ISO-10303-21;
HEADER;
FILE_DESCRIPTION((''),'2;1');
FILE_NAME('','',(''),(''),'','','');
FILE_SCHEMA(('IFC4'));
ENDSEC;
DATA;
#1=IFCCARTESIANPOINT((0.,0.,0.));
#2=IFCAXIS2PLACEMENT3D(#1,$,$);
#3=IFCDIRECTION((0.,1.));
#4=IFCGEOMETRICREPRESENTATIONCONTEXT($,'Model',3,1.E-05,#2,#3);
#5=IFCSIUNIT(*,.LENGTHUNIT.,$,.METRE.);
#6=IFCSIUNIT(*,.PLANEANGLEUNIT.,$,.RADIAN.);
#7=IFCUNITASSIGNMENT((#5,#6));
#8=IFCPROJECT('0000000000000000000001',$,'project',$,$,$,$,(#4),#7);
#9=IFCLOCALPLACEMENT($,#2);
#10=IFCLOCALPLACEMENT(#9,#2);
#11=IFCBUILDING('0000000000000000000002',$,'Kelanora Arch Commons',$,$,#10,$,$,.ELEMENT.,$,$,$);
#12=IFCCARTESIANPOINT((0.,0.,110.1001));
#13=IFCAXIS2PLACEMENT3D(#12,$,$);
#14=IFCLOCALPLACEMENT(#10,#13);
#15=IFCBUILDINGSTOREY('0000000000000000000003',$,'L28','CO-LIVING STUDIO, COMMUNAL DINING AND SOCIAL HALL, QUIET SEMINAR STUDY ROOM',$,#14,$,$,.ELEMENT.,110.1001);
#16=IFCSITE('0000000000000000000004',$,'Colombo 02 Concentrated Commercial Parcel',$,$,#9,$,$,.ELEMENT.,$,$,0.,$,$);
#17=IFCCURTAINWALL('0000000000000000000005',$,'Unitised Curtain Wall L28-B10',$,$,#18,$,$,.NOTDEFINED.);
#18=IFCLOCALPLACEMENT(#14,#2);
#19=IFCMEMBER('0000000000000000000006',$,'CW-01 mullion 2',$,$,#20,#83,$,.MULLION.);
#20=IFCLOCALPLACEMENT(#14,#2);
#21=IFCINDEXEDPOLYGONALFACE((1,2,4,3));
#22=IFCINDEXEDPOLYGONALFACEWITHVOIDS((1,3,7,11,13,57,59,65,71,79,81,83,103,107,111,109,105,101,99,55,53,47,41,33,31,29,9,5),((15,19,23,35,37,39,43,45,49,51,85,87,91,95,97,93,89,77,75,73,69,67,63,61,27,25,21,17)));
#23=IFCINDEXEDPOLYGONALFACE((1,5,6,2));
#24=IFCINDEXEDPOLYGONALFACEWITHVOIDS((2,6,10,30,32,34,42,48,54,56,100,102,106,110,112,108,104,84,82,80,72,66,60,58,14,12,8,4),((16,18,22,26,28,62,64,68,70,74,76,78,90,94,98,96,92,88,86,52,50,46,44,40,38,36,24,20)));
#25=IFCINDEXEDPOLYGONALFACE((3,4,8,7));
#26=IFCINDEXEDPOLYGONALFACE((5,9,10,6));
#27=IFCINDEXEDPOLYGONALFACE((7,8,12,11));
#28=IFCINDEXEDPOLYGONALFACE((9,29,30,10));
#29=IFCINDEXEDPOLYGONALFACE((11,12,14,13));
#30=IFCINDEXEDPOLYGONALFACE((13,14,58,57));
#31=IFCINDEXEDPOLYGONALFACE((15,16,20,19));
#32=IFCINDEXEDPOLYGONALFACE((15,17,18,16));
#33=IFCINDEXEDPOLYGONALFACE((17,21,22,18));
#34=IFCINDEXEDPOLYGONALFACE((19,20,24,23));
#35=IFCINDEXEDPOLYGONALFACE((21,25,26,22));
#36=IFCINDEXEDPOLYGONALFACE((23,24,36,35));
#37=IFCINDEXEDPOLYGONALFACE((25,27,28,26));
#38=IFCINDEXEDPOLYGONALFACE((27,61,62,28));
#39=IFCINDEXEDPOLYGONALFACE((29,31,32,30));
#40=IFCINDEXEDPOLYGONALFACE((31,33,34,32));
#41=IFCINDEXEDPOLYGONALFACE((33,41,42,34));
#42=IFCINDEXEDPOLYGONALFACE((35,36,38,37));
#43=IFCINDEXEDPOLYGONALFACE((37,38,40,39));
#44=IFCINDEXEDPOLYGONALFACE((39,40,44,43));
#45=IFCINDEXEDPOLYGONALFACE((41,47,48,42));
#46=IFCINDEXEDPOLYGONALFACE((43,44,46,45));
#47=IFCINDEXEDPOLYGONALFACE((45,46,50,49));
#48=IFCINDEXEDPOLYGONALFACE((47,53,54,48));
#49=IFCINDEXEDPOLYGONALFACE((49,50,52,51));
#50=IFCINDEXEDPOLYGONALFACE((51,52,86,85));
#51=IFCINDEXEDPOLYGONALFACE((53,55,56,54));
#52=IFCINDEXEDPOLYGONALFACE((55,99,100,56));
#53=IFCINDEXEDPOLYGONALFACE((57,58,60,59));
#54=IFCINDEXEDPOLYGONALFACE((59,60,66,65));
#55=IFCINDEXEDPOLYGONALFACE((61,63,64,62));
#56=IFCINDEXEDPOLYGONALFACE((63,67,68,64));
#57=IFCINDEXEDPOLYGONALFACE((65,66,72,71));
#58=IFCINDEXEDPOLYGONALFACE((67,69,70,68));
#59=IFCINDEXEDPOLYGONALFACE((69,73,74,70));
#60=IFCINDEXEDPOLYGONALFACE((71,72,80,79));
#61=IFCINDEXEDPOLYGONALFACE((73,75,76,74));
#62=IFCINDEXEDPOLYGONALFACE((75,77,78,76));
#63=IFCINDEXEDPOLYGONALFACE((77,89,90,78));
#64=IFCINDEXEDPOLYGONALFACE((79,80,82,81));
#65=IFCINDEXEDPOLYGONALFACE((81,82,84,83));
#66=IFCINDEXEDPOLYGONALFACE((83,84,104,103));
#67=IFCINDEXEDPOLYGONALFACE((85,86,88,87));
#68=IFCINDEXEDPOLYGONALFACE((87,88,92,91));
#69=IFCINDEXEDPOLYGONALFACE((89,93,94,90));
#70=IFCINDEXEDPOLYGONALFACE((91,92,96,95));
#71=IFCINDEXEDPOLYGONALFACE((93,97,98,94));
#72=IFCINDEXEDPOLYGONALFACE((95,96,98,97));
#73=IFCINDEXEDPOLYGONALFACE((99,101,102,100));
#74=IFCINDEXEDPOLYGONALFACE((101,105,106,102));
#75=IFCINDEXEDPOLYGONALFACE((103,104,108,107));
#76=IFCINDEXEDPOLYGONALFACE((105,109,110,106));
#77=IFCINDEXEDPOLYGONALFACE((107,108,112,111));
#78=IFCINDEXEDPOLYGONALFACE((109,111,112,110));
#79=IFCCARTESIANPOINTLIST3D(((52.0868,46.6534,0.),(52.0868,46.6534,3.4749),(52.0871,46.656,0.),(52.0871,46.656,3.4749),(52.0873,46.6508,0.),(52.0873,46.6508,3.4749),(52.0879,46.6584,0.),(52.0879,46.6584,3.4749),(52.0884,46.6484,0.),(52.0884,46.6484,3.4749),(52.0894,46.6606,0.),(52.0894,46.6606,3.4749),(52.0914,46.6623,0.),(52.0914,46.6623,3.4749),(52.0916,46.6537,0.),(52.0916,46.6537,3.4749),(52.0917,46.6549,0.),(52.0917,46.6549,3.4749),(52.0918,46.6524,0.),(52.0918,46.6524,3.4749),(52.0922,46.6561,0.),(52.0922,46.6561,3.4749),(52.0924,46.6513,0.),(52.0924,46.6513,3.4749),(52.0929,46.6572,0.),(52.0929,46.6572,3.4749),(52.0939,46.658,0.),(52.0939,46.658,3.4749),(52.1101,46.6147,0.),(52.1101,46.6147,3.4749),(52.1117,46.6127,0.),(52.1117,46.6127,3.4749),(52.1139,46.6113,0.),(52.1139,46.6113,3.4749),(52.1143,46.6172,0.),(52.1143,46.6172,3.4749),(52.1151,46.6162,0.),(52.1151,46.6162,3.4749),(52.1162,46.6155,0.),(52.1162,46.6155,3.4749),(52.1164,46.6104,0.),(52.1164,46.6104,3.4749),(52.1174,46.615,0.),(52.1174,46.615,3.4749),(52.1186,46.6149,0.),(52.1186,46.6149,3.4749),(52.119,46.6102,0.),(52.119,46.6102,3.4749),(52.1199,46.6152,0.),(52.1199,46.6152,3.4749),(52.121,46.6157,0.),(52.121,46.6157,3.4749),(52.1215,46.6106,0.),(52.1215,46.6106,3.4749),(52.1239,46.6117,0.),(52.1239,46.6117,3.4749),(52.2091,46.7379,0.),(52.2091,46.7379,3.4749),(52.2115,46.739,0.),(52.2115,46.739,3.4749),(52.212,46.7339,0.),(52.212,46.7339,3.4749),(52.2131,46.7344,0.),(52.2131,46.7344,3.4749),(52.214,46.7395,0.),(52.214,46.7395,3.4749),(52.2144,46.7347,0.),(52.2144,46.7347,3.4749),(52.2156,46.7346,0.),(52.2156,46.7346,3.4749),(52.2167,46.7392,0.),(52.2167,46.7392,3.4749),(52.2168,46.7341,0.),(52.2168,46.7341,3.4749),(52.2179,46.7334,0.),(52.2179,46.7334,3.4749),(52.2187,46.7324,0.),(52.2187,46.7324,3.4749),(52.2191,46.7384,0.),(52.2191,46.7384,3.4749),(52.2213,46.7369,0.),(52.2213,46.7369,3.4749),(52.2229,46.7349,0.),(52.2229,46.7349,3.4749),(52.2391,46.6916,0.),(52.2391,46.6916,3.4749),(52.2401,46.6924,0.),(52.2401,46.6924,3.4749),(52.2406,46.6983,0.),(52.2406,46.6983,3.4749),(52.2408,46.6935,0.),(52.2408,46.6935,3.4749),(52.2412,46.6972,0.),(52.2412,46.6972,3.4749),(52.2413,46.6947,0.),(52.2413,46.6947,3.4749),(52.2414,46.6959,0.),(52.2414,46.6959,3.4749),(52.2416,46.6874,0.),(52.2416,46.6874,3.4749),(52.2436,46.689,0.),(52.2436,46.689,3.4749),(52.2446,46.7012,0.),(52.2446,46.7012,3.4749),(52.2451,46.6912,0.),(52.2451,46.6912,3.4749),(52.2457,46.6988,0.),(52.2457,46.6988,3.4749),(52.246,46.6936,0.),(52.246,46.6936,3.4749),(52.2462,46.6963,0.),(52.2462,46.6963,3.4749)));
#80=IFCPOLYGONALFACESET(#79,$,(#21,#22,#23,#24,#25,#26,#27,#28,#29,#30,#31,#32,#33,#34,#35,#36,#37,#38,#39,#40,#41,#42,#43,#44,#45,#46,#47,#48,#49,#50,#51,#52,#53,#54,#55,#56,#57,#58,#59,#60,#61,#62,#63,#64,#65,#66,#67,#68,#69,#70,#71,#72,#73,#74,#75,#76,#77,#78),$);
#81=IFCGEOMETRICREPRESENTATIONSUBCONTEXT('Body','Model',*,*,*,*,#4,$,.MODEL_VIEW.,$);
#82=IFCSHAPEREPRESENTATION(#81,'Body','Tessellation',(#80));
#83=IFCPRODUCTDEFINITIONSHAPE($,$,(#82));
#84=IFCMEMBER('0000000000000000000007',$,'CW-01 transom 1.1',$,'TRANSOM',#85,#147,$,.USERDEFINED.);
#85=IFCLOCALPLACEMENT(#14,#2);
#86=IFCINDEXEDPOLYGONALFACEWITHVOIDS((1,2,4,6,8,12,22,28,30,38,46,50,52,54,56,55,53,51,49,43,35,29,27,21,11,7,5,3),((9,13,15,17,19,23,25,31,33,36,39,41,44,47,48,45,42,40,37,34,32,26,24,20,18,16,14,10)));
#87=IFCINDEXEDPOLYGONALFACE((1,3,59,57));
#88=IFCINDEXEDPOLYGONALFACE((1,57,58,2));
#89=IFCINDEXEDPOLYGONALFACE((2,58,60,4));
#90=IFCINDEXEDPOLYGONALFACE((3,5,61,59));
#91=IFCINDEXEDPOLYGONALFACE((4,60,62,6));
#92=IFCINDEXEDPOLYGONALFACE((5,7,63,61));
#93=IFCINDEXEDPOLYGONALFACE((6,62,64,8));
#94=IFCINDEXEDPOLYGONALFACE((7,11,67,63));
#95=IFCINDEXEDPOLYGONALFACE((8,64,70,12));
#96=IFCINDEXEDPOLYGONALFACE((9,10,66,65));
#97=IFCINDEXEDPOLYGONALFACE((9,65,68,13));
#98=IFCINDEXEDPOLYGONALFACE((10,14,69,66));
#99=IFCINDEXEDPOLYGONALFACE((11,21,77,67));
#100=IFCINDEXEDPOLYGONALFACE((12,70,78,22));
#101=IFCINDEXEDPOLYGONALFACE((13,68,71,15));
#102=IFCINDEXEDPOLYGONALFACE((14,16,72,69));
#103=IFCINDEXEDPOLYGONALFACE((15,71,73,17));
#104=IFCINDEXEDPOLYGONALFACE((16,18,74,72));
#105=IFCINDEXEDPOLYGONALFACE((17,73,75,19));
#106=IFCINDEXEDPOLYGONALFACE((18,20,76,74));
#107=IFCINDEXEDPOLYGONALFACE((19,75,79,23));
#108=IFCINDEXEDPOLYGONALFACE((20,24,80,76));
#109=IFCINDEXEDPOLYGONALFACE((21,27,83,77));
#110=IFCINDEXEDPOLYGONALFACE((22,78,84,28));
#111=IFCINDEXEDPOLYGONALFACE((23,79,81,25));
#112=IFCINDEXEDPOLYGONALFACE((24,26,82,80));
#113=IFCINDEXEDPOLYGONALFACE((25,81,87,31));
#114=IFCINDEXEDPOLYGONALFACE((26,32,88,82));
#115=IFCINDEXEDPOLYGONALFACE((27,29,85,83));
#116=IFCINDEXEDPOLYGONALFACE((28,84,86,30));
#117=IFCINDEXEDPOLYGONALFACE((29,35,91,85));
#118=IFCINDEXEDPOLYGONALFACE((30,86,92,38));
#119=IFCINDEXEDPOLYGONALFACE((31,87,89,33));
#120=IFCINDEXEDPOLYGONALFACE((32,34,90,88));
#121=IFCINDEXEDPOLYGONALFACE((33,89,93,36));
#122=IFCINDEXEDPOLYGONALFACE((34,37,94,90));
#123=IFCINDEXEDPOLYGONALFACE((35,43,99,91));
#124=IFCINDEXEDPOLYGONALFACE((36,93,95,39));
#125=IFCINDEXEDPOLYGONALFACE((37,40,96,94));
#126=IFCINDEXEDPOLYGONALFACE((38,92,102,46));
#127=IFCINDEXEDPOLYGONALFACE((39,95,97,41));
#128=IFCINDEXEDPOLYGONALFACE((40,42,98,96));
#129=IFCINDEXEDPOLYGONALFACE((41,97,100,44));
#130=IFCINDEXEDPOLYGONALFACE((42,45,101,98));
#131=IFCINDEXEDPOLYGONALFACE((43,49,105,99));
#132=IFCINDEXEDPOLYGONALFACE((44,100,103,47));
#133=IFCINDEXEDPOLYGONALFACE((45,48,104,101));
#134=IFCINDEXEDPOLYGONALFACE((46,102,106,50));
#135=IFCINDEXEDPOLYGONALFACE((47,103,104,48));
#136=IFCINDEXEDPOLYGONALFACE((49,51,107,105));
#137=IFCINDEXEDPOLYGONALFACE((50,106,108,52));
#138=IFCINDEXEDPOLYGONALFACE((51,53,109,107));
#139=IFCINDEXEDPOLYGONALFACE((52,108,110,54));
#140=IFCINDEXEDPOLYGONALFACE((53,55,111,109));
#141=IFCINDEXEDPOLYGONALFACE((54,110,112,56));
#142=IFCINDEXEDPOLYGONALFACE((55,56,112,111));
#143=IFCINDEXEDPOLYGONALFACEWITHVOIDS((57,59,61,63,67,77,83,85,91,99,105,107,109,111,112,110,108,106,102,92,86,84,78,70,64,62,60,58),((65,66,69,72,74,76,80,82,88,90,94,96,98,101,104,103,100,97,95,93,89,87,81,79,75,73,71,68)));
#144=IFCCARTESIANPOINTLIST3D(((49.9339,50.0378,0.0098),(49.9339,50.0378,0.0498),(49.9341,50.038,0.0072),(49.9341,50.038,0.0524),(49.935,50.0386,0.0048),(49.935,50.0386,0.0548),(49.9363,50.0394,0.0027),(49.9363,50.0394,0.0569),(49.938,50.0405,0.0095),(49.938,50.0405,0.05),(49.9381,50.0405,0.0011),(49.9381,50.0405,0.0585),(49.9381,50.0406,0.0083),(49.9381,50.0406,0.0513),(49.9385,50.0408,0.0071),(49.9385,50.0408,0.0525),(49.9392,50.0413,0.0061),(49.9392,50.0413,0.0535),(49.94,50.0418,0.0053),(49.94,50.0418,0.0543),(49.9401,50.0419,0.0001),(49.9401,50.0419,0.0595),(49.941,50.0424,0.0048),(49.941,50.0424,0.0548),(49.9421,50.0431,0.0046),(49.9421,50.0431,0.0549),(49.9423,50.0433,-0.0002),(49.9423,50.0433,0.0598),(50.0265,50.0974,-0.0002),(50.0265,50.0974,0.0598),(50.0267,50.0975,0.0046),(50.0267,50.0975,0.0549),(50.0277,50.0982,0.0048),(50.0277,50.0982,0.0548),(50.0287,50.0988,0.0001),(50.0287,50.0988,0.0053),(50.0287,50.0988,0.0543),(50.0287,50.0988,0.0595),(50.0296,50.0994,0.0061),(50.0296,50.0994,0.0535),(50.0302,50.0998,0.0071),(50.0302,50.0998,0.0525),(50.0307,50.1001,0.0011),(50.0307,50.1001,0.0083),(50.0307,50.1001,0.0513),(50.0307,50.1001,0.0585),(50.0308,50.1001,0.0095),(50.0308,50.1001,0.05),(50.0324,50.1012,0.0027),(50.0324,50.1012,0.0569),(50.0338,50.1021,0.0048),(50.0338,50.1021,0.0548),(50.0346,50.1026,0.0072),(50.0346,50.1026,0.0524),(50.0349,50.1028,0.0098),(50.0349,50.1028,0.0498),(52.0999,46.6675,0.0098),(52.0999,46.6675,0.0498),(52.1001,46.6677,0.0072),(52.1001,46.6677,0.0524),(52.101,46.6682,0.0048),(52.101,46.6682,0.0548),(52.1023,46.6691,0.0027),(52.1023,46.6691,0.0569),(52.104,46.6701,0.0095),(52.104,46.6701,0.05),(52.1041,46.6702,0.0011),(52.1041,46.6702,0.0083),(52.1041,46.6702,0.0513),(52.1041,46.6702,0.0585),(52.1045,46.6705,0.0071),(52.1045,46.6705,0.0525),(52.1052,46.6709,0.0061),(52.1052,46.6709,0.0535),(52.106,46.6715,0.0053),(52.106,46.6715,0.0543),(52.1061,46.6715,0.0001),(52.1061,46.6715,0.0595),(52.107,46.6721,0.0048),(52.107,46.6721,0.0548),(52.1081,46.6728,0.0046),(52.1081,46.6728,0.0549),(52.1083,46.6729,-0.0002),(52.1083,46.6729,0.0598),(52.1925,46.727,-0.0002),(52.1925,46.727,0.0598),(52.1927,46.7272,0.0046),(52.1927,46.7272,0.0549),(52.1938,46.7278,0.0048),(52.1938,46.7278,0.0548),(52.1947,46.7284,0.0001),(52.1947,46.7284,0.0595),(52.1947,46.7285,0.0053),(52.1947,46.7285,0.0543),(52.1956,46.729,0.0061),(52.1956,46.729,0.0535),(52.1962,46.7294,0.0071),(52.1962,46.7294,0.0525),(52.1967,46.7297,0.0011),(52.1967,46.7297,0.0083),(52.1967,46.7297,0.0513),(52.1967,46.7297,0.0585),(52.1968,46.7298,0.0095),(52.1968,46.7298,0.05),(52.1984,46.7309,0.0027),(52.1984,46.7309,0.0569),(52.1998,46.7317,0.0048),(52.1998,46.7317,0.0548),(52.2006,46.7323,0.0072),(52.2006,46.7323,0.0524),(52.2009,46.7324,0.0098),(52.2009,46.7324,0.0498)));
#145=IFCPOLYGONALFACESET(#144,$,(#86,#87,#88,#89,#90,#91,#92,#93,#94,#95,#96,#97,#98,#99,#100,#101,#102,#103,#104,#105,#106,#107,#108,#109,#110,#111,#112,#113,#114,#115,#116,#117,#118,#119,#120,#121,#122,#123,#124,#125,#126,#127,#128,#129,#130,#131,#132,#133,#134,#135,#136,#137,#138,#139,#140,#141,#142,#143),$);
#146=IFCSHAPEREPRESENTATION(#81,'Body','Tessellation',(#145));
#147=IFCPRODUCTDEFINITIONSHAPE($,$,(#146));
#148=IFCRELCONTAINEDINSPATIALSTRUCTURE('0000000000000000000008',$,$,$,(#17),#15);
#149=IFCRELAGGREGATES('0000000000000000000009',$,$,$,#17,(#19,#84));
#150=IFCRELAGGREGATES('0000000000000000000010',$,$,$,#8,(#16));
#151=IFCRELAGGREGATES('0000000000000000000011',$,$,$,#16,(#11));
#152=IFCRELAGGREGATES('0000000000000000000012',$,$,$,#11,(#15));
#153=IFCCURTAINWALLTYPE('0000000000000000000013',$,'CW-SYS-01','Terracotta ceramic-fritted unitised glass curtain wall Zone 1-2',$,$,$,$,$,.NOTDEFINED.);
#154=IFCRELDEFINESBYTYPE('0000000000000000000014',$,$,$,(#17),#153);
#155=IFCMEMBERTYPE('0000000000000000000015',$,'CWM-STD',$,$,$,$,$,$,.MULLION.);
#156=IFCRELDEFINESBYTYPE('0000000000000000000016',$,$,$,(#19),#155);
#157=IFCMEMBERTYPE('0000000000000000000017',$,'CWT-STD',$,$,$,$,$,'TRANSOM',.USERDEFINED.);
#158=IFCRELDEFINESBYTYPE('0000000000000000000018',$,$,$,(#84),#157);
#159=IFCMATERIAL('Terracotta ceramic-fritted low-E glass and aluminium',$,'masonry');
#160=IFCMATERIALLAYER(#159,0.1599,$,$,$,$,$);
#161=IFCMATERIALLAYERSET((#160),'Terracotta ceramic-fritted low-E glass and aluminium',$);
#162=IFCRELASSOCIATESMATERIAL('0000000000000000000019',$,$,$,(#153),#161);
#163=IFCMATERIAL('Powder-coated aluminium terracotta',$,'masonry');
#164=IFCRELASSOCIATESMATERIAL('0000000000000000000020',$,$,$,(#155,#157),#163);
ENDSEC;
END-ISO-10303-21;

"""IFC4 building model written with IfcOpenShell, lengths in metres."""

from ifc_helpers import new_model, si_unit, direction, frame, origin, origin_2d, place, context, subcontext, project, spatial, hollow_rectangle, extrude, material, layer, layer_set, material_profile, profile_set, type_object, element, aggregate, save


model = new_model("IFC4")

# Units and contexts
model_context = context("Model", 3, precision=1e-05, world=origin(), true_north=direction((0.0, 1.0)))
body_context = subcontext(model_context, "Body", "Model", "MODEL_VIEW")
ifc_project = project(units=[si_unit("LENGTHUNIT", "METRE"), si_unit("PLANEANGLEUNIT", "RADIAN")], contexts=[model_context])

# Site, building, storey
site_placement = place(None, origin())
site = spatial("IfcSite", under=ifc_project, at=site_placement, Name="Colombo 02 Concentrated Commercial Parcel", CompositionType="ELEMENT", RefElevation=0.0)
building_placement = place(site_placement, origin())
building = spatial("IfcBuilding", under=site, at=building_placement, Name="Kelanora Arch Commons", CompositionType="ELEMENT")
storey_placement = place(building_placement, frame((0.0, 0.0, 110.1001)))
storey = spatial("IfcBuildingStorey", under=building, at=storey_placement, Name="L28", Description="CO-LIVING STUDIO, COMMUNAL DINING AND SOCIAL HALL, QUIET SEMINAR STUDY ROOM", CompositionType="ELEMENT", Elevation=110.1001)

# Shared definitions
ifc_material_1 = material(Name="Terracotta ceramic-fritted low-E glass and aluminium", Category="masonry")
ifc_layer_1 = layer(ifc_material_1, 0.1599)
ifc_layer_set_1 = layer_set([ifc_layer_1], Name="Terracotta ceramic-fritted low-E glass and aluminium")
curtain_wall_type = type_object("IfcCurtainWallType", Name="CW-SYS-01", Description="Terracotta ceramic-fritted unitised glass curtain wall Zone 1-2", PredefinedType="NOTDEFINED", material=ifc_layer_set_1)
ifc_material_2 = material(Name="Powder-coated aluminium terracotta", Category="masonry")
ifc_material_profile_1 = material_profile(ifc_material_2, hollow_rectangle(XDim=0.1599, YDim=0.0601, WallThickness=0.0049, InnerFilletRadius=0.0049, OuterFilletRadius=0.01, at=origin_2d()), Name="CWM160x60")
ifc_profile_set_1 = profile_set([ifc_material_profile_1], Name="Powder-coated aluminium terracotta")
member_type_1 = type_object("IfcMemberType", Name="CWM-STD", PredefinedType="MULLION", material=ifc_profile_set_1)

# Curtain wall, members
curtain_wall_1_placement = place(storey_placement, origin())
curtain_wall_1 = element("IfcCurtainWall", 1, at=curtain_wall_1_placement, inside=storey, type_object=curtain_wall_type, Name="Unitised Curtain Wall L28-B10", PredefinedType="NOTDEFINED")
member_1_placement = place(storey_placement, frame((52.1665, 46.6748, 0.0), z_axis=(0.0, 0.0, 1.0), x_axis=(0.841269, 0.540617, 0.0)))
member_1 = element("IfcMember", 2, at=member_1_placement, type_object=member_type_1, Name="CW-01 mullion 2", PredefinedType="MULLION", context=body_context, shape_type="SweptSolid", body=[
    extrude(hollow_rectangle(XDim=0.1599, YDim=0.0601, WallThickness=0.0049, InnerFilletRadius=0.0049, OuterFilletRadius=0.01, at=origin_2d()), origin(), (0.0, 0.0, 1.0), 3.4749),
])
ifc_material_profile_2 = material_profile(ifc_material_2, hollow_rectangle(XDim=0.1201, YDim=0.0601, WallThickness=0.0049, InnerFilletRadius=0.0049, OuterFilletRadius=0.01, at=origin_2d()), Name="CWT120x60")
ifc_profile_set_2 = profile_set([ifc_material_profile_2], Name="Powder-coated aluminium terracotta")
member_type_2 = type_object("IfcMemberType", Name="CWT-STD", ElementType="TRANSOM", PredefinedType="USERDEFINED", material=ifc_profile_set_2)
member_2_placement = place(storey_placement, frame((49.9844, 50.0703, 0.0298), z_axis=(0.540644, -0.841252, 0.0), x_axis=(0.841252, 0.540644, 0.0)))
member_2 = element("IfcMember", 3, at=member_2_placement, type_object=member_type_2, Name="CW-01 transom 1.1", ObjectType="TRANSOM", PredefinedType="USERDEFINED", context=body_context, shape_type="SweptSolid", body=[
    extrude(hollow_rectangle(XDim=0.1201, YDim=0.0601, WallThickness=0.0049, InnerFilletRadius=0.0049, OuterFilletRadius=0.01, at=origin_2d()), origin(), (0.0, 0.0, 1.0), 4.0063),
])

aggregate(curtain_wall_1, [member_1, member_2])

save(model, "model.ifc")
